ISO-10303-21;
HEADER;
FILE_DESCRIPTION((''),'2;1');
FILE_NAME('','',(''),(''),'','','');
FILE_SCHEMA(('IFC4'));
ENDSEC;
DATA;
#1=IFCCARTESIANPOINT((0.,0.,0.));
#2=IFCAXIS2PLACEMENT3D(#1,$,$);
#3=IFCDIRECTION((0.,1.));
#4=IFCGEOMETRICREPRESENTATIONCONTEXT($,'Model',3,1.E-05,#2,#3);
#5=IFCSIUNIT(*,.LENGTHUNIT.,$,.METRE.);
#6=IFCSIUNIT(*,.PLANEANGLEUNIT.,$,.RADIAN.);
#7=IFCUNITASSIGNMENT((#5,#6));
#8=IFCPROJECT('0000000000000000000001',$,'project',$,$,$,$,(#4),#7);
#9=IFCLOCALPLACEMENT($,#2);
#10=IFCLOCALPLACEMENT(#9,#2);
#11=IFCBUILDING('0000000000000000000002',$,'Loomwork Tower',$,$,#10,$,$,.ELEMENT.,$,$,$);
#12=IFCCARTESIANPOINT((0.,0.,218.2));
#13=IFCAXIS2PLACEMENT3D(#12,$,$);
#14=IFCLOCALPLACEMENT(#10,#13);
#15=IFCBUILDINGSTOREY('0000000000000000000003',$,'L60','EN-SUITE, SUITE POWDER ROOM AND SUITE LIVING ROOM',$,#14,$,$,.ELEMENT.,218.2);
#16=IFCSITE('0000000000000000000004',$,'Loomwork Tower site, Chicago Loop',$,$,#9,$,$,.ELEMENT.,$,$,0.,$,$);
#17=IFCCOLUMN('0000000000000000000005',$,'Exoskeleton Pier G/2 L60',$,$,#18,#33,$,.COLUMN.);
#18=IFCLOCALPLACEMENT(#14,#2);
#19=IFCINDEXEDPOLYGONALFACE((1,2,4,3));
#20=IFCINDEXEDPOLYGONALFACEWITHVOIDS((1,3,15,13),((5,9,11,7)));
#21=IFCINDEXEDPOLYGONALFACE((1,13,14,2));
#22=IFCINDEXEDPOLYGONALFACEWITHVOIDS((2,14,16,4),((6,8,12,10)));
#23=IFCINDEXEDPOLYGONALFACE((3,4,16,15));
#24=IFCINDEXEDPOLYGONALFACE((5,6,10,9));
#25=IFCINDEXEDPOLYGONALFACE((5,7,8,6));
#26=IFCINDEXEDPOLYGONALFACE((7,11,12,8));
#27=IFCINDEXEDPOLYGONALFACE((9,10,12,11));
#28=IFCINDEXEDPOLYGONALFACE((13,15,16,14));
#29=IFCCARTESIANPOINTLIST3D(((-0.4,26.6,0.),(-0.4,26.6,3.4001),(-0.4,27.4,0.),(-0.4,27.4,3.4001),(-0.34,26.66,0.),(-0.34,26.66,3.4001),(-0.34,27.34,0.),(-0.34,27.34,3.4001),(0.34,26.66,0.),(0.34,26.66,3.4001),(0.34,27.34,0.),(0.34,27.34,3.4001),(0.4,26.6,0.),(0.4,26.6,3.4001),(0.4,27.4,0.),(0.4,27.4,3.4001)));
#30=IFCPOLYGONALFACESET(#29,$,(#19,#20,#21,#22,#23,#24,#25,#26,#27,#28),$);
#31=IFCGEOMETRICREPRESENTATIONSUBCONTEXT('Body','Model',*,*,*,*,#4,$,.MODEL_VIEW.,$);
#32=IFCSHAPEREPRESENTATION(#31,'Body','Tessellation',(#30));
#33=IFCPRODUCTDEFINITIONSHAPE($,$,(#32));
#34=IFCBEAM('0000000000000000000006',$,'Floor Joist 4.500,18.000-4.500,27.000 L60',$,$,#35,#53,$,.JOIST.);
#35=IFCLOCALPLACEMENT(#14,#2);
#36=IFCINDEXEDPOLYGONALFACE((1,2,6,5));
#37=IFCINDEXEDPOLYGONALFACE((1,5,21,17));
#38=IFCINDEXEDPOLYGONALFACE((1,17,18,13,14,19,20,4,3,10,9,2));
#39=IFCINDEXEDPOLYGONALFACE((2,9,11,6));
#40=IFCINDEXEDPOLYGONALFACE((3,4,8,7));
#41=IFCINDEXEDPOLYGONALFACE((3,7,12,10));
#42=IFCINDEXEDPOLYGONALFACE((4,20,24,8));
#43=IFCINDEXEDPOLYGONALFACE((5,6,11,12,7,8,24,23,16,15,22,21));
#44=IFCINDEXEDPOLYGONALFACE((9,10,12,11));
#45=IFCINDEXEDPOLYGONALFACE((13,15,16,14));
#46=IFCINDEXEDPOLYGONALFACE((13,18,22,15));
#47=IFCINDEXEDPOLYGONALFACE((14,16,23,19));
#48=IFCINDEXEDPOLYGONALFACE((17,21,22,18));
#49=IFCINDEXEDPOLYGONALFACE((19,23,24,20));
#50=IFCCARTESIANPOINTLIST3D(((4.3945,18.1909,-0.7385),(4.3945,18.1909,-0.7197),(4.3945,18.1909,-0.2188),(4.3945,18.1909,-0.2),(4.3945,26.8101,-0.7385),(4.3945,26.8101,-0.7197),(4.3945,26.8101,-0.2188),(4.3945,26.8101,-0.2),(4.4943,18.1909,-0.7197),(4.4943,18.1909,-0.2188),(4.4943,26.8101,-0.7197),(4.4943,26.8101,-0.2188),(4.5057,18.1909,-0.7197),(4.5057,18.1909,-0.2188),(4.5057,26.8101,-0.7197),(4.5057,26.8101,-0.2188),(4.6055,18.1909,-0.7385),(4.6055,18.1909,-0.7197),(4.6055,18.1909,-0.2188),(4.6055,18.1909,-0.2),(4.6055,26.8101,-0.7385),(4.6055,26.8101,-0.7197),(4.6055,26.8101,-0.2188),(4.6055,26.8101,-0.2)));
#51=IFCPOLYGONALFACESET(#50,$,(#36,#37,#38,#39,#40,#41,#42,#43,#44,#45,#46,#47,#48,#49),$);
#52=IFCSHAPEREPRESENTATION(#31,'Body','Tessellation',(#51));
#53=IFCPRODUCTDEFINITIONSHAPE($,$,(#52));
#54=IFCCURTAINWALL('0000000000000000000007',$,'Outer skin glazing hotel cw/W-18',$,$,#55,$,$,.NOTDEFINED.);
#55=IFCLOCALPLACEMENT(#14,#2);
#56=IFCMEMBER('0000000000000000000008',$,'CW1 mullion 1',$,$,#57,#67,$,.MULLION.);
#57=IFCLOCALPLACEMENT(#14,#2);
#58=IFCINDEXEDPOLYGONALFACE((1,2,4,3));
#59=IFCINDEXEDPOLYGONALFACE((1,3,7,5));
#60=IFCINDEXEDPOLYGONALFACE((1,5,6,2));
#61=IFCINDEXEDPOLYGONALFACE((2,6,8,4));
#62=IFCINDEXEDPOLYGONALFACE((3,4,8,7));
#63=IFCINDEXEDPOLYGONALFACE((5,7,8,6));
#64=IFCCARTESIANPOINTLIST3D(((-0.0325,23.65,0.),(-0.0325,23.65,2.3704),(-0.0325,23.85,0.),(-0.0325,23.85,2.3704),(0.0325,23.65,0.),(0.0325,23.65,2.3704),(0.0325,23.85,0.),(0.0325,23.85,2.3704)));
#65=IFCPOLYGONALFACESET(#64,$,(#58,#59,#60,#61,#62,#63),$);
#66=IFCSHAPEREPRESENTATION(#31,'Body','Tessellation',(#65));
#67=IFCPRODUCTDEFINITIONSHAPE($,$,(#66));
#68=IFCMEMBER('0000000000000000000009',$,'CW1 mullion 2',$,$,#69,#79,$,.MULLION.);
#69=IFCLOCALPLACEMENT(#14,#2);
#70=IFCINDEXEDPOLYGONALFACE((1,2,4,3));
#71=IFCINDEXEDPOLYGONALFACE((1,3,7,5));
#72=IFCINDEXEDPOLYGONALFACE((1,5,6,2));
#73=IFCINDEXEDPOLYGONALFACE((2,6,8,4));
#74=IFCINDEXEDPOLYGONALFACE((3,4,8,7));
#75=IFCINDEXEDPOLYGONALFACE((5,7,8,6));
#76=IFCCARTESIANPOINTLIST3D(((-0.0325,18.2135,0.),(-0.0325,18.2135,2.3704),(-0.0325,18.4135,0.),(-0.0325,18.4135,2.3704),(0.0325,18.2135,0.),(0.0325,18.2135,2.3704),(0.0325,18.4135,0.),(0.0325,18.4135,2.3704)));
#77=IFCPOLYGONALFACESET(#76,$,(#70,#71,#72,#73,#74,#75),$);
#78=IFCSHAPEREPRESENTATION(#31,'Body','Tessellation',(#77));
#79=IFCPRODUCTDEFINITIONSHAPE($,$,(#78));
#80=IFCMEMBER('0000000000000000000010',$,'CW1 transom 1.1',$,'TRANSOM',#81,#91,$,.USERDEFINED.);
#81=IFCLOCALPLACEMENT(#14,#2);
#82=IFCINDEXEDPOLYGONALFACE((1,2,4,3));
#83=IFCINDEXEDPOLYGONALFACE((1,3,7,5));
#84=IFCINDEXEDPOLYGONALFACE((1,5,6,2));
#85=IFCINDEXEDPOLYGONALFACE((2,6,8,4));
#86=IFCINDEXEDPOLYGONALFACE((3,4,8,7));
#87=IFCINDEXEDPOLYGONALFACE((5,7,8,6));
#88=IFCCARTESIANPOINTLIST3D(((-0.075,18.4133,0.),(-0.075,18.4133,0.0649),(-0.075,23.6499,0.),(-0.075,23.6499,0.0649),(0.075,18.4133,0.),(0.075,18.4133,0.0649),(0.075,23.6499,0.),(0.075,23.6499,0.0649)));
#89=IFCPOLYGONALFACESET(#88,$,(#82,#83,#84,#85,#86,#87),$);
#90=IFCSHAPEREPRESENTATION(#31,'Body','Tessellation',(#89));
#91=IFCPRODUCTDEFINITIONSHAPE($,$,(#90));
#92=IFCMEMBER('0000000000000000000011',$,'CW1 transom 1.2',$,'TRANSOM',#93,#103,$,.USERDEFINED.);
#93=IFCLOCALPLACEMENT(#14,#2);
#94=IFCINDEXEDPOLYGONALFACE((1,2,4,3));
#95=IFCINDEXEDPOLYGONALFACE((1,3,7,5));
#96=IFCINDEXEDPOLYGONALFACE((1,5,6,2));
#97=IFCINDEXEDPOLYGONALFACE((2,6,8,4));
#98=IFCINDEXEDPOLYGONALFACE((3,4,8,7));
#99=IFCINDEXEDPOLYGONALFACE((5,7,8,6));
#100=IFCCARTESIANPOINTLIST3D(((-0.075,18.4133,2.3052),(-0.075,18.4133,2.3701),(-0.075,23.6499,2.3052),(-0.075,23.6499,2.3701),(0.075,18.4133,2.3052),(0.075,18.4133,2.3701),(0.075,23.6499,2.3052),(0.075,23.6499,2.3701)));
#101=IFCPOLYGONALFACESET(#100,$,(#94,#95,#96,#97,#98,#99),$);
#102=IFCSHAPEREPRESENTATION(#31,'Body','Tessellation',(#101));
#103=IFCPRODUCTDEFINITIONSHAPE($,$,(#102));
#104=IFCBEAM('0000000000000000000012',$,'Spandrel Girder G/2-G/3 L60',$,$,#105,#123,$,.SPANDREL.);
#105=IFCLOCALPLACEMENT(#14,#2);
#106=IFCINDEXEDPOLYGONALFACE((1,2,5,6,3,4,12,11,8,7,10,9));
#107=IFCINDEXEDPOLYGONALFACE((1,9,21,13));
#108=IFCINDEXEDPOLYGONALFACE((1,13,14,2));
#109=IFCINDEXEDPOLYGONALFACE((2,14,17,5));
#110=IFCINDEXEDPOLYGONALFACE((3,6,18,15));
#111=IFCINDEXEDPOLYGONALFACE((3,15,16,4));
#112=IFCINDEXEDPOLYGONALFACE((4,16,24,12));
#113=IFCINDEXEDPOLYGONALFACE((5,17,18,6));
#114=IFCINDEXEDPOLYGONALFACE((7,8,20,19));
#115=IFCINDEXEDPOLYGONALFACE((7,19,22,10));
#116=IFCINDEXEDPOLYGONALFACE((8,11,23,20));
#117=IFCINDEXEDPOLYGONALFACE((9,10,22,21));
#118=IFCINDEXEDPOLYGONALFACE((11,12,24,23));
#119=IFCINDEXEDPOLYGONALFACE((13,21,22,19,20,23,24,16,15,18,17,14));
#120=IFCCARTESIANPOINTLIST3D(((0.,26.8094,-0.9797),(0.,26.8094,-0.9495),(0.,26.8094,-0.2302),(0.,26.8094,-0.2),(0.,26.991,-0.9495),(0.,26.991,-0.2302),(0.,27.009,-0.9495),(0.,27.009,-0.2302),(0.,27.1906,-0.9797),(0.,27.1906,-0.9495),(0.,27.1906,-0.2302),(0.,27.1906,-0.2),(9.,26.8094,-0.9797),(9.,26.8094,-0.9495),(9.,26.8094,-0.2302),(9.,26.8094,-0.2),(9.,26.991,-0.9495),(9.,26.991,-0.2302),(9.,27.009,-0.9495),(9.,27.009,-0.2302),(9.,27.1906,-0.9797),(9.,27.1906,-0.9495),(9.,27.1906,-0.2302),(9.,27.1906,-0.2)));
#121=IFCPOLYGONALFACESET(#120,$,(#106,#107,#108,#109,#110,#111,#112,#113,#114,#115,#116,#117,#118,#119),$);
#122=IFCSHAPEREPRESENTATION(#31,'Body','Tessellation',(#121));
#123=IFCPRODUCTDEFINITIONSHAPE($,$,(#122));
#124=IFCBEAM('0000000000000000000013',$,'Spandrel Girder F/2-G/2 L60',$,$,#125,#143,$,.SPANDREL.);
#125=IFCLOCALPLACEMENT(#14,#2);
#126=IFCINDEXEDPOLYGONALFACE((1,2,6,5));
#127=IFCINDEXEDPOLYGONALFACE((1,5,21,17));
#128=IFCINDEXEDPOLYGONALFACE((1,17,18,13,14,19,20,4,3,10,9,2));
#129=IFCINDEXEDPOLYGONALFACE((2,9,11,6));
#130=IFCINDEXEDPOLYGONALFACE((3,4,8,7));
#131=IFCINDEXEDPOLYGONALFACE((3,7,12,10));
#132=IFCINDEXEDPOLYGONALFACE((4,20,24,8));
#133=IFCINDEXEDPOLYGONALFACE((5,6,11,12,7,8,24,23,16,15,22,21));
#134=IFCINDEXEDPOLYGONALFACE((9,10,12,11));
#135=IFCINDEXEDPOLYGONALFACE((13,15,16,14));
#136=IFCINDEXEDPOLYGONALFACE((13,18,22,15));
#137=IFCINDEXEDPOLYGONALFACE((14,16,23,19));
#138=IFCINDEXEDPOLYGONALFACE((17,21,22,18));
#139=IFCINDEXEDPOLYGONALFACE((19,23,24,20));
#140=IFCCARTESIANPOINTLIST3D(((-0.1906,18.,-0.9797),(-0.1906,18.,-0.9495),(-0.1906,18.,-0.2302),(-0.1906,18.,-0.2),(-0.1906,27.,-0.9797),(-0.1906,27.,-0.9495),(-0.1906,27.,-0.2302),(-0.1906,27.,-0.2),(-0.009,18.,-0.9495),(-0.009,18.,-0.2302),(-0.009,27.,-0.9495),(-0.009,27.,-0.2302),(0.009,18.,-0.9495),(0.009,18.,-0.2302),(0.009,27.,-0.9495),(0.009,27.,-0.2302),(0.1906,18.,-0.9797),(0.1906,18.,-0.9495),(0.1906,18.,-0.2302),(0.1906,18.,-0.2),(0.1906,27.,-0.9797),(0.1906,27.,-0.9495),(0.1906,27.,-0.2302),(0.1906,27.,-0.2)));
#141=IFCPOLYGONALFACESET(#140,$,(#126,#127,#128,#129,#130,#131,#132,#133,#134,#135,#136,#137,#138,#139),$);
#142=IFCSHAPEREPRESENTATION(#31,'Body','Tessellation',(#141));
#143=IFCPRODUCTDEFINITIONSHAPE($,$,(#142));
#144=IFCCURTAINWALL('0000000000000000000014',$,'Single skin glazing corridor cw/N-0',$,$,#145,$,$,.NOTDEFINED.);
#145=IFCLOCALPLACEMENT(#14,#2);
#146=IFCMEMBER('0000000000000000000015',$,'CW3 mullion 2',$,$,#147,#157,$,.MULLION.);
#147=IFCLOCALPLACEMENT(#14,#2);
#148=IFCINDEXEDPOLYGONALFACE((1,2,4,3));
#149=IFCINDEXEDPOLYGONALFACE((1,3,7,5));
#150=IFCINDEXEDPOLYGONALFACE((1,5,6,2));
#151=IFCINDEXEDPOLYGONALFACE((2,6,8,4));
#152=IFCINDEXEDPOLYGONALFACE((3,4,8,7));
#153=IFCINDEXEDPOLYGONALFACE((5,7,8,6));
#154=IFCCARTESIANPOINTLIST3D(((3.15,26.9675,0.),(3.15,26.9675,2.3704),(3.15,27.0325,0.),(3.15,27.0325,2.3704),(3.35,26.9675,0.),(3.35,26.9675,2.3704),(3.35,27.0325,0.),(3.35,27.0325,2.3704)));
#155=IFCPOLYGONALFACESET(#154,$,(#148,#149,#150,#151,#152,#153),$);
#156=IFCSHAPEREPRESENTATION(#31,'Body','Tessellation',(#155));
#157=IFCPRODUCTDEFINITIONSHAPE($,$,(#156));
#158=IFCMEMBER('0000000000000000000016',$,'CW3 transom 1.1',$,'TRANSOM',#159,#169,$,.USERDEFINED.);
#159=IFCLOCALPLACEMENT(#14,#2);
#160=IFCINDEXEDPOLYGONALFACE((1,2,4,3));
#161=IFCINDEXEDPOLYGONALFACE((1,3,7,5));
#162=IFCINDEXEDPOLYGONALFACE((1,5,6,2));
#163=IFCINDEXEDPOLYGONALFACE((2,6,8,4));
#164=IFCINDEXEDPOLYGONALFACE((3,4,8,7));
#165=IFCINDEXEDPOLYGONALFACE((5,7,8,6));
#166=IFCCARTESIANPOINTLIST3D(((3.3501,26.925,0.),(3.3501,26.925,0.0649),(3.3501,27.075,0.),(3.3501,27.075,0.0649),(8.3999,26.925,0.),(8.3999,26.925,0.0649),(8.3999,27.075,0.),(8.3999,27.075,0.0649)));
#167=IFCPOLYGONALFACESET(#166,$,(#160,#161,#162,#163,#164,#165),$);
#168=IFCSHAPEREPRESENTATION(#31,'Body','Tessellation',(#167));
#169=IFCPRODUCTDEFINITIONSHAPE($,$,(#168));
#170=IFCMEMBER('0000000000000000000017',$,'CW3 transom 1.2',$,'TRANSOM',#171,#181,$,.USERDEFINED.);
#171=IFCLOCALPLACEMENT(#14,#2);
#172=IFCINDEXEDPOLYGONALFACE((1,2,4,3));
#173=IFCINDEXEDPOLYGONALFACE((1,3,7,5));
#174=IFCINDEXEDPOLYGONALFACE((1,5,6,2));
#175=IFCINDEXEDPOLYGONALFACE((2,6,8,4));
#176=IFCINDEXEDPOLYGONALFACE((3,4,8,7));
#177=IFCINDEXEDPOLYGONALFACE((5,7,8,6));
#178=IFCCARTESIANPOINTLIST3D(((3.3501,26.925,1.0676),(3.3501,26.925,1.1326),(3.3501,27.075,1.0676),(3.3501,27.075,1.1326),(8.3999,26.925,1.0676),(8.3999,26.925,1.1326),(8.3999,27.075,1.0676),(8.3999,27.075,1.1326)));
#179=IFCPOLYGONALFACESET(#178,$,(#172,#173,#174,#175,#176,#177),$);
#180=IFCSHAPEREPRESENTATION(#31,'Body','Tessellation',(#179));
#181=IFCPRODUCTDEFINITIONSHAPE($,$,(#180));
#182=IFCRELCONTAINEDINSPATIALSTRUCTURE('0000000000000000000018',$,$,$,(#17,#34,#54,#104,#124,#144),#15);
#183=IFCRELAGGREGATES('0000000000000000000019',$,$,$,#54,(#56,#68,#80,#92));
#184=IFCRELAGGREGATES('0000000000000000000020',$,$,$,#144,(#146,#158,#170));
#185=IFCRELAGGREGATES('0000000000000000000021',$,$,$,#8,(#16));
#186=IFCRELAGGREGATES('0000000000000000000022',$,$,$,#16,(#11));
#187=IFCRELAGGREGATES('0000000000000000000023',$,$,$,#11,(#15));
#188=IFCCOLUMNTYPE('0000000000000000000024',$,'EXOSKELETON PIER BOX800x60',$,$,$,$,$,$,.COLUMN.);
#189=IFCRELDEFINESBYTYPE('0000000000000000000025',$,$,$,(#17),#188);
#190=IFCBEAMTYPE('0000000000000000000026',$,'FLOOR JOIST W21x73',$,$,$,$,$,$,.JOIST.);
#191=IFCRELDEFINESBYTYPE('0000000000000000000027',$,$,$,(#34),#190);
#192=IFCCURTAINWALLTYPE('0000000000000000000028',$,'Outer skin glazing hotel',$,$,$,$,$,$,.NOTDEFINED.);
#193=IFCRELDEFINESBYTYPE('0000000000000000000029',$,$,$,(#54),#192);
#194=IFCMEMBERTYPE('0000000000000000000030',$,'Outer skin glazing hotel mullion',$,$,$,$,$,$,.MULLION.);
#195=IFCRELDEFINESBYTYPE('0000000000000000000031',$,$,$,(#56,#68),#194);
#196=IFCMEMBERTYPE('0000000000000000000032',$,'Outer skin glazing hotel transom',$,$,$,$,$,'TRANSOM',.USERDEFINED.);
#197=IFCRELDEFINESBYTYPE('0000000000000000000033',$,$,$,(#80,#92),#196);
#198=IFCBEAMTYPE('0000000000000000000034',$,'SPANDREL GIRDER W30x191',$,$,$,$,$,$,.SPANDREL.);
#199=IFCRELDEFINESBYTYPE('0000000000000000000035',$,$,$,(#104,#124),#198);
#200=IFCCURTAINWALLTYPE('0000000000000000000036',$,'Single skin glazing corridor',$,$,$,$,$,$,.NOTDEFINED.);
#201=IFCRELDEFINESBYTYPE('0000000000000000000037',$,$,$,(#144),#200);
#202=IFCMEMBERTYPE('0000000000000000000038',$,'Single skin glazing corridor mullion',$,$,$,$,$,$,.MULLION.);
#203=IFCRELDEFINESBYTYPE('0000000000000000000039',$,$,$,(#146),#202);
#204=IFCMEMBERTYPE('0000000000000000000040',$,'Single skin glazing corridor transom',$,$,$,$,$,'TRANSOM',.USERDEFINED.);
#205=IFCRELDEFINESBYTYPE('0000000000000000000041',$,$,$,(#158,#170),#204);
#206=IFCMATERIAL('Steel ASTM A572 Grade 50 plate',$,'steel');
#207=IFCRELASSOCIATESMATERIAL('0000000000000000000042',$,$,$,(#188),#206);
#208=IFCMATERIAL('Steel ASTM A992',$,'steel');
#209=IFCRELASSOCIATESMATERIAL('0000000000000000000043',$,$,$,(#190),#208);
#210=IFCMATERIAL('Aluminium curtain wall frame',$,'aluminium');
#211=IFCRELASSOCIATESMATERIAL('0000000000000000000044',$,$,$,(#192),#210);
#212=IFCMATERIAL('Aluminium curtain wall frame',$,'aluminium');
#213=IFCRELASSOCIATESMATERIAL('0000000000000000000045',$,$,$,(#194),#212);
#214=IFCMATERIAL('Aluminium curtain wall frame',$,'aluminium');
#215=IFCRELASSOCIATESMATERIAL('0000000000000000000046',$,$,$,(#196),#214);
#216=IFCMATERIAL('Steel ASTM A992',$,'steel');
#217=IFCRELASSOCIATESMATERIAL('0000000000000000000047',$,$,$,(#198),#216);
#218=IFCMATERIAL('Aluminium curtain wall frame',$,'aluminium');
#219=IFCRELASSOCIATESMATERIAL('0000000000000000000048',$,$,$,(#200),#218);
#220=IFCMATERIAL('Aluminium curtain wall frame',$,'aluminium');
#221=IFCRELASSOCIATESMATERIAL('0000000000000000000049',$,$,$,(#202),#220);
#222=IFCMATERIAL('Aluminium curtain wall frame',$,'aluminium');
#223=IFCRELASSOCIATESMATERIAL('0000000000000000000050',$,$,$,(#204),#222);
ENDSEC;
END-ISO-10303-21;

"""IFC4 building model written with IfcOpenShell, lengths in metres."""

from ifc_helpers import new_model, si_unit, direction, frame, origin, origin_2d, place, context, subcontext, project, spatial, rectangle, hollow_rectangle, i_section, extrude, material, material_profile, profile_set, type_object, element, aggregate, save


model = new_model("IFC4")

# Units and contexts
model_context = context("Model", 3, precision=1e-05, world=origin(), true_north=direction((0.0, 1.0)))
body_context = subcontext(model_context, "Body", "Model", "MODEL_VIEW")
ifc_project = project(units=[si_unit("LENGTHUNIT", "METRE"), si_unit("PLANEANGLEUNIT", "RADIAN")], contexts=[model_context])

# Site, building, storey
site_placement = place(None, origin())
site = spatial("IfcSite", under=ifc_project, at=site_placement, Name="Loomwork Tower site, Chicago Loop", CompositionType="ELEMENT", RefElevation=0.0)
building_placement = place(site_placement, origin())
building = spatial("IfcBuilding", under=site, at=building_placement, Name="Loomwork Tower", CompositionType="ELEMENT")
storey_placement = place(building_placement, frame((0.0, 0.0, 218.2)))
storey = spatial("IfcBuildingStorey", under=building, at=storey_placement, Name="L60", Description="EN-SUITE, SUITE POWDER ROOM AND SUITE LIVING ROOM", CompositionType="ELEMENT", Elevation=218.2)

# Column
ifc_material_1 = material(Name="Steel ASTM A572 Grade 50 plate", Category="steel")
ifc_material_profile_1 = material_profile(ifc_material_1, hollow_rectangle(XDim=0.8, YDim=0.8, WallThickness=0.0601, at=origin_2d()), Name="BOX800x60")
ifc_profile_set_1 = profile_set([ifc_material_profile_1], Name="Steel ASTM A572 Grade 50 plate")
column_type = type_object("IfcColumnType", Name="EXOSKELETON PIER BOX800x60", PredefinedType="COLUMN", material=ifc_profile_set_1)
column_placement = place(storey_placement, frame((0.0, 27.0, 0.0), z_axis=(0.0, 0.0, 1.0), x_axis=(0.0, 1.0, 0.0)))
element("IfcColumn", 1, at=column_placement, inside=storey, type_object=column_type, Name="Exoskeleton Pier G/2 L60", PredefinedType="COLUMN", context=body_context, shape_type="SweptSolid", body=[
    extrude(hollow_rectangle(XDim=0.8, YDim=0.8, WallThickness=0.0601, at=origin_2d()), origin(), (0.0, 0.0, 1.0), 3.4001),
])

# Beam
ifc_material_2 = material(Name="Steel ASTM A992", Category="steel")
ifc_material_profile_2 = material_profile(ifc_material_2, i_section(OverallWidth=0.2109, OverallDepth=0.5386, WebThickness=0.0115, FlangeThickness=0.0188, at=origin_2d()), Name="W21x73")
ifc_profile_set_2 = profile_set([ifc_material_profile_2], Name="Steel ASTM A992")
beam_type_1 = type_object("IfcBeamType", Name="FLOOR JOIST W21x73", PredefinedType="JOIST", material=ifc_profile_set_2)
beam_placement = place(storey_placement, frame((4.5, 18.1909, -0.4692), z_axis=(0.0, 1.0, 0.0), x_axis=(-1.0, 0.0, 0.0)))
element("IfcBeam", 2, at=beam_placement, inside=storey, type_object=beam_type_1, Name="Floor Joist 4.500,18.000-4.500,27.000 L60", PredefinedType="JOIST", context=body_context, shape_type="SweptSolid", body=[
    extrude(i_section(OverallWidth=0.2109, OverallDepth=0.5386, WebThickness=0.0115, FlangeThickness=0.0188, at=origin_2d()), origin(), (0.0, 0.0, 1.0), 8.6191),
])

# Curtain wall, members
ifc_material_3 = material(Name="Aluminium curtain wall frame", Category="aluminium")
curtain_wall_type_1 = type_object("IfcCurtainWallType", Name="Outer skin glazing hotel", PredefinedType="NOTDEFINED", material=ifc_material_3)
curtain_wall_1_placement = place(storey_placement, origin())
curtain_wall_1 = element("IfcCurtainWall", 3, at=curtain_wall_1_placement, inside=storey, type_object=curtain_wall_type_1, Name="Outer skin glazing hotel cw/W-18", PredefinedType="NOTDEFINED")
ifc_material_4 = material(Name="Aluminium curtain wall frame", Category="aluminium")
ifc_material_profile_3 = material_profile(ifc_material_4, rectangle(XDim=0.0649, YDim=0.2, at=origin_2d()), Name="AL 65x200")
ifc_profile_set_3 = profile_set([ifc_material_profile_3], Name="Aluminium curtain wall frame")
member_type_1 = type_object("IfcMemberType", Name="Outer skin glazing hotel mullion", PredefinedType="MULLION", material=ifc_profile_set_3)
member_1_placement = place(storey_placement, frame((0.0, 23.75, 0.0), z_axis=(0.0, 0.0, 1.0), x_axis=(1.0, 0.0, 0.0)))
member_1 = element("IfcMember", 4, at=member_1_placement, type_object=member_type_1, Name="CW1 mullion 1", PredefinedType="MULLION", context=body_context, shape_type="SweptSolid", body=[
    extrude(rectangle(XDim=0.0649, YDim=0.2, at=origin_2d()), origin(), (0.0, 0.0, 1.0), 2.3704),
])
member_2_placement = place(storey_placement, frame((0.0, 18.3135, 0.0), z_axis=(0.0, 0.0, 1.0), x_axis=(1.0, 0.0, 0.0)))
member_2 = element("IfcMember", 5, at=member_2_placement, type_object=member_type_1, Name="CW1 mullion 2", PredefinedType="MULLION", context=body_context, shape_type="SweptSolid", body=[
    extrude(rectangle(XDim=0.0649, YDim=0.2, at=origin_2d()), origin(), (0.0, 0.0, 1.0), 2.3704),
])
ifc_material_5 = material(Name="Aluminium curtain wall frame", Category="aluminium")
ifc_material_profile_4 = material_profile(ifc_material_5, rectangle(XDim=0.1499, YDim=0.0649, at=origin_2d()), Name="AL 65x150")
ifc_profile_set_4 = profile_set([ifc_material_profile_4], Name="Aluminium curtain wall frame")
member_type_2 = type_object("IfcMemberType", Name="Outer skin glazing hotel transom", ElementType="TRANSOM", PredefinedType="USERDEFINED", material=ifc_profile_set_4)
member_3_placement = place(storey_placement, frame((0.0, 23.6499, 0.0325), z_axis=(0.0, -1.0, 0.0), x_axis=(1.0, 0.0, 0.0)))
member_3 = element("IfcMember", 6, at=member_3_placement, type_object=member_type_2, Name="CW1 transom 1.1", ObjectType="TRANSOM", PredefinedType="USERDEFINED", context=body_context, shape_type="SweptSolid", body=[
    extrude(rectangle(XDim=0.1499, YDim=0.0649, at=origin_2d()), origin(), (0.0, 0.0, 1.0), 5.2366),
])
member_4_placement = place(storey_placement, frame((0.0, 23.6499, 2.3376), z_axis=(0.0, -1.0, 0.0), x_axis=(1.0, 0.0, 0.0)))
member_4 = element("IfcMember", 7, at=member_4_placement, type_object=member_type_2, Name="CW1 transom 1.2", ObjectType="TRANSOM", PredefinedType="USERDEFINED", context=body_context, shape_type="SweptSolid", body=[
    extrude(rectangle(XDim=0.1499, YDim=0.0649, at=origin_2d()), origin(), (0.0, 0.0, 1.0), 5.2366),
])

# Beams
ifc_material_6 = material(Name="Steel ASTM A992", Category="steel")
ifc_material_profile_5 = material_profile(ifc_material_6, i_section(OverallWidth=0.3811, OverallDepth=0.7798, WebThickness=0.0181, FlangeThickness=0.0303, at=origin_2d()), Name="W30x191")
ifc_profile_set_5 = profile_set([ifc_material_profile_5], Name="Steel ASTM A992")
beam_type_2 = type_object("IfcBeamType", Name="SPANDREL GIRDER W30x191", PredefinedType="SPANDREL", material=ifc_profile_set_5)
for number, where, z_axis, x_axis, name in (
    (8, (0.0, 27.0, -0.5898), (1.0, 0.0, 0.0), (0.0, 1.0, 0.0), "Spandrel Girder G/2-G/3 L60"),
    (9, (0.0, 18.0, -0.5898), (0.0, 1.0, 0.0), (-1.0, 0.0, 0.0), "Spandrel Girder F/2-G/2 L60"),
):
    element("IfcBeam", number, at=place(storey_placement, frame(where, z_axis=z_axis, x_axis=x_axis)), inside=storey, type_object=beam_type_2, Name=name, PredefinedType="SPANDREL", context=body_context, shape_type="SweptSolid", body=[
        extrude(i_section(OverallWidth=0.3811, OverallDepth=0.7798, WebThickness=0.0181, FlangeThickness=0.0303, at=origin_2d()), origin(), (0.0, 0.0, 1.0), 9.0),
    ])

# Curtain wall, members
ifc_material_7 = material(Name="Aluminium curtain wall frame", Category="aluminium")
curtain_wall_type_2 = type_object("IfcCurtainWallType", Name="Single skin glazing corridor", PredefinedType="NOTDEFINED", material=ifc_material_7)
curtain_wall_2_placement = place(storey_placement, origin())
curtain_wall_2 = element("IfcCurtainWall", 10, at=curtain_wall_2_placement, inside=storey, type_object=curtain_wall_type_2, Name="Single skin glazing corridor cw/N-0", PredefinedType="NOTDEFINED")
ifc_material_8 = material(Name="Aluminium curtain wall frame", Category="aluminium")
ifc_material_profile_6 = material_profile(ifc_material_8, rectangle(XDim=0.0649, YDim=0.2, at=origin_2d()), Name="AL 65x200")
ifc_profile_set_6 = profile_set([ifc_material_profile_6], Name="Aluminium curtain wall frame")
member_type_3 = type_object("IfcMemberType", Name="Single skin glazing corridor mullion", PredefinedType="MULLION", material=ifc_profile_set_6)
member_5_placement = place(storey_placement, frame((3.25, 27.0, 0.0), z_axis=(0.0, 0.0, 1.0), x_axis=(0.0, -1.0, 0.0)))
member_5 = element("IfcMember", 11, at=member_5_placement, type_object=member_type_3, Name="CW3 mullion 2", PredefinedType="MULLION", context=body_context, shape_type="SweptSolid", body=[
    extrude(rectangle(XDim=0.0649, YDim=0.2, at=origin_2d()), origin(), (0.0, 0.0, 1.0), 2.3704),
])
ifc_material_9 = material(Name="Aluminium curtain wall frame", Category="aluminium")
ifc_material_profile_7 = material_profile(ifc_material_9, rectangle(XDim=0.1499, YDim=0.0649, at=origin_2d()), Name="AL 65x150")
ifc_profile_set_7 = profile_set([ifc_material_profile_7], Name="Aluminium curtain wall frame")
member_type_4 = type_object("IfcMemberType", Name="Single skin glazing corridor transom", ElementType="TRANSOM", PredefinedType="USERDEFINED", material=ifc_profile_set_7)
member_6_placement = place(storey_placement, frame((8.3999, 27.0, 0.0325), z_axis=(-1.0, 0.0, 0.0), x_axis=(0.0, -1.0, 0.0)))
member_6 = element("IfcMember", 12, at=member_6_placement, type_object=member_type_4, Name="CW3 transom 1.1", ObjectType="TRANSOM", PredefinedType="USERDEFINED", context=body_context, shape_type="SweptSolid", body=[
    extrude(rectangle(XDim=0.1499, YDim=0.0649, at=origin_2d()), origin(), (0.0, 0.0, 1.0), 5.0498),
])
member_7_placement = place(storey_placement, frame((8.3999, 27.0, 1.1001), z_axis=(-1.0, 0.0, 0.0), x_axis=(0.0, -1.0, 0.0)))
member_7 = element("IfcMember", 13, at=member_7_placement, type_object=member_type_4, Name="CW3 transom 1.2", ObjectType="TRANSOM", PredefinedType="USERDEFINED", context=body_context, shape_type="SweptSolid", body=[
    extrude(rectangle(XDim=0.1499, YDim=0.0649, at=origin_2d()), origin(), (0.0, 0.0, 1.0), 5.0498),
])

aggregate(curtain_wall_1, [member_1, member_2, member_3, member_4])
aggregate(curtain_wall_2, [member_5, member_6, member_7])

save(model, "model.ifc")
